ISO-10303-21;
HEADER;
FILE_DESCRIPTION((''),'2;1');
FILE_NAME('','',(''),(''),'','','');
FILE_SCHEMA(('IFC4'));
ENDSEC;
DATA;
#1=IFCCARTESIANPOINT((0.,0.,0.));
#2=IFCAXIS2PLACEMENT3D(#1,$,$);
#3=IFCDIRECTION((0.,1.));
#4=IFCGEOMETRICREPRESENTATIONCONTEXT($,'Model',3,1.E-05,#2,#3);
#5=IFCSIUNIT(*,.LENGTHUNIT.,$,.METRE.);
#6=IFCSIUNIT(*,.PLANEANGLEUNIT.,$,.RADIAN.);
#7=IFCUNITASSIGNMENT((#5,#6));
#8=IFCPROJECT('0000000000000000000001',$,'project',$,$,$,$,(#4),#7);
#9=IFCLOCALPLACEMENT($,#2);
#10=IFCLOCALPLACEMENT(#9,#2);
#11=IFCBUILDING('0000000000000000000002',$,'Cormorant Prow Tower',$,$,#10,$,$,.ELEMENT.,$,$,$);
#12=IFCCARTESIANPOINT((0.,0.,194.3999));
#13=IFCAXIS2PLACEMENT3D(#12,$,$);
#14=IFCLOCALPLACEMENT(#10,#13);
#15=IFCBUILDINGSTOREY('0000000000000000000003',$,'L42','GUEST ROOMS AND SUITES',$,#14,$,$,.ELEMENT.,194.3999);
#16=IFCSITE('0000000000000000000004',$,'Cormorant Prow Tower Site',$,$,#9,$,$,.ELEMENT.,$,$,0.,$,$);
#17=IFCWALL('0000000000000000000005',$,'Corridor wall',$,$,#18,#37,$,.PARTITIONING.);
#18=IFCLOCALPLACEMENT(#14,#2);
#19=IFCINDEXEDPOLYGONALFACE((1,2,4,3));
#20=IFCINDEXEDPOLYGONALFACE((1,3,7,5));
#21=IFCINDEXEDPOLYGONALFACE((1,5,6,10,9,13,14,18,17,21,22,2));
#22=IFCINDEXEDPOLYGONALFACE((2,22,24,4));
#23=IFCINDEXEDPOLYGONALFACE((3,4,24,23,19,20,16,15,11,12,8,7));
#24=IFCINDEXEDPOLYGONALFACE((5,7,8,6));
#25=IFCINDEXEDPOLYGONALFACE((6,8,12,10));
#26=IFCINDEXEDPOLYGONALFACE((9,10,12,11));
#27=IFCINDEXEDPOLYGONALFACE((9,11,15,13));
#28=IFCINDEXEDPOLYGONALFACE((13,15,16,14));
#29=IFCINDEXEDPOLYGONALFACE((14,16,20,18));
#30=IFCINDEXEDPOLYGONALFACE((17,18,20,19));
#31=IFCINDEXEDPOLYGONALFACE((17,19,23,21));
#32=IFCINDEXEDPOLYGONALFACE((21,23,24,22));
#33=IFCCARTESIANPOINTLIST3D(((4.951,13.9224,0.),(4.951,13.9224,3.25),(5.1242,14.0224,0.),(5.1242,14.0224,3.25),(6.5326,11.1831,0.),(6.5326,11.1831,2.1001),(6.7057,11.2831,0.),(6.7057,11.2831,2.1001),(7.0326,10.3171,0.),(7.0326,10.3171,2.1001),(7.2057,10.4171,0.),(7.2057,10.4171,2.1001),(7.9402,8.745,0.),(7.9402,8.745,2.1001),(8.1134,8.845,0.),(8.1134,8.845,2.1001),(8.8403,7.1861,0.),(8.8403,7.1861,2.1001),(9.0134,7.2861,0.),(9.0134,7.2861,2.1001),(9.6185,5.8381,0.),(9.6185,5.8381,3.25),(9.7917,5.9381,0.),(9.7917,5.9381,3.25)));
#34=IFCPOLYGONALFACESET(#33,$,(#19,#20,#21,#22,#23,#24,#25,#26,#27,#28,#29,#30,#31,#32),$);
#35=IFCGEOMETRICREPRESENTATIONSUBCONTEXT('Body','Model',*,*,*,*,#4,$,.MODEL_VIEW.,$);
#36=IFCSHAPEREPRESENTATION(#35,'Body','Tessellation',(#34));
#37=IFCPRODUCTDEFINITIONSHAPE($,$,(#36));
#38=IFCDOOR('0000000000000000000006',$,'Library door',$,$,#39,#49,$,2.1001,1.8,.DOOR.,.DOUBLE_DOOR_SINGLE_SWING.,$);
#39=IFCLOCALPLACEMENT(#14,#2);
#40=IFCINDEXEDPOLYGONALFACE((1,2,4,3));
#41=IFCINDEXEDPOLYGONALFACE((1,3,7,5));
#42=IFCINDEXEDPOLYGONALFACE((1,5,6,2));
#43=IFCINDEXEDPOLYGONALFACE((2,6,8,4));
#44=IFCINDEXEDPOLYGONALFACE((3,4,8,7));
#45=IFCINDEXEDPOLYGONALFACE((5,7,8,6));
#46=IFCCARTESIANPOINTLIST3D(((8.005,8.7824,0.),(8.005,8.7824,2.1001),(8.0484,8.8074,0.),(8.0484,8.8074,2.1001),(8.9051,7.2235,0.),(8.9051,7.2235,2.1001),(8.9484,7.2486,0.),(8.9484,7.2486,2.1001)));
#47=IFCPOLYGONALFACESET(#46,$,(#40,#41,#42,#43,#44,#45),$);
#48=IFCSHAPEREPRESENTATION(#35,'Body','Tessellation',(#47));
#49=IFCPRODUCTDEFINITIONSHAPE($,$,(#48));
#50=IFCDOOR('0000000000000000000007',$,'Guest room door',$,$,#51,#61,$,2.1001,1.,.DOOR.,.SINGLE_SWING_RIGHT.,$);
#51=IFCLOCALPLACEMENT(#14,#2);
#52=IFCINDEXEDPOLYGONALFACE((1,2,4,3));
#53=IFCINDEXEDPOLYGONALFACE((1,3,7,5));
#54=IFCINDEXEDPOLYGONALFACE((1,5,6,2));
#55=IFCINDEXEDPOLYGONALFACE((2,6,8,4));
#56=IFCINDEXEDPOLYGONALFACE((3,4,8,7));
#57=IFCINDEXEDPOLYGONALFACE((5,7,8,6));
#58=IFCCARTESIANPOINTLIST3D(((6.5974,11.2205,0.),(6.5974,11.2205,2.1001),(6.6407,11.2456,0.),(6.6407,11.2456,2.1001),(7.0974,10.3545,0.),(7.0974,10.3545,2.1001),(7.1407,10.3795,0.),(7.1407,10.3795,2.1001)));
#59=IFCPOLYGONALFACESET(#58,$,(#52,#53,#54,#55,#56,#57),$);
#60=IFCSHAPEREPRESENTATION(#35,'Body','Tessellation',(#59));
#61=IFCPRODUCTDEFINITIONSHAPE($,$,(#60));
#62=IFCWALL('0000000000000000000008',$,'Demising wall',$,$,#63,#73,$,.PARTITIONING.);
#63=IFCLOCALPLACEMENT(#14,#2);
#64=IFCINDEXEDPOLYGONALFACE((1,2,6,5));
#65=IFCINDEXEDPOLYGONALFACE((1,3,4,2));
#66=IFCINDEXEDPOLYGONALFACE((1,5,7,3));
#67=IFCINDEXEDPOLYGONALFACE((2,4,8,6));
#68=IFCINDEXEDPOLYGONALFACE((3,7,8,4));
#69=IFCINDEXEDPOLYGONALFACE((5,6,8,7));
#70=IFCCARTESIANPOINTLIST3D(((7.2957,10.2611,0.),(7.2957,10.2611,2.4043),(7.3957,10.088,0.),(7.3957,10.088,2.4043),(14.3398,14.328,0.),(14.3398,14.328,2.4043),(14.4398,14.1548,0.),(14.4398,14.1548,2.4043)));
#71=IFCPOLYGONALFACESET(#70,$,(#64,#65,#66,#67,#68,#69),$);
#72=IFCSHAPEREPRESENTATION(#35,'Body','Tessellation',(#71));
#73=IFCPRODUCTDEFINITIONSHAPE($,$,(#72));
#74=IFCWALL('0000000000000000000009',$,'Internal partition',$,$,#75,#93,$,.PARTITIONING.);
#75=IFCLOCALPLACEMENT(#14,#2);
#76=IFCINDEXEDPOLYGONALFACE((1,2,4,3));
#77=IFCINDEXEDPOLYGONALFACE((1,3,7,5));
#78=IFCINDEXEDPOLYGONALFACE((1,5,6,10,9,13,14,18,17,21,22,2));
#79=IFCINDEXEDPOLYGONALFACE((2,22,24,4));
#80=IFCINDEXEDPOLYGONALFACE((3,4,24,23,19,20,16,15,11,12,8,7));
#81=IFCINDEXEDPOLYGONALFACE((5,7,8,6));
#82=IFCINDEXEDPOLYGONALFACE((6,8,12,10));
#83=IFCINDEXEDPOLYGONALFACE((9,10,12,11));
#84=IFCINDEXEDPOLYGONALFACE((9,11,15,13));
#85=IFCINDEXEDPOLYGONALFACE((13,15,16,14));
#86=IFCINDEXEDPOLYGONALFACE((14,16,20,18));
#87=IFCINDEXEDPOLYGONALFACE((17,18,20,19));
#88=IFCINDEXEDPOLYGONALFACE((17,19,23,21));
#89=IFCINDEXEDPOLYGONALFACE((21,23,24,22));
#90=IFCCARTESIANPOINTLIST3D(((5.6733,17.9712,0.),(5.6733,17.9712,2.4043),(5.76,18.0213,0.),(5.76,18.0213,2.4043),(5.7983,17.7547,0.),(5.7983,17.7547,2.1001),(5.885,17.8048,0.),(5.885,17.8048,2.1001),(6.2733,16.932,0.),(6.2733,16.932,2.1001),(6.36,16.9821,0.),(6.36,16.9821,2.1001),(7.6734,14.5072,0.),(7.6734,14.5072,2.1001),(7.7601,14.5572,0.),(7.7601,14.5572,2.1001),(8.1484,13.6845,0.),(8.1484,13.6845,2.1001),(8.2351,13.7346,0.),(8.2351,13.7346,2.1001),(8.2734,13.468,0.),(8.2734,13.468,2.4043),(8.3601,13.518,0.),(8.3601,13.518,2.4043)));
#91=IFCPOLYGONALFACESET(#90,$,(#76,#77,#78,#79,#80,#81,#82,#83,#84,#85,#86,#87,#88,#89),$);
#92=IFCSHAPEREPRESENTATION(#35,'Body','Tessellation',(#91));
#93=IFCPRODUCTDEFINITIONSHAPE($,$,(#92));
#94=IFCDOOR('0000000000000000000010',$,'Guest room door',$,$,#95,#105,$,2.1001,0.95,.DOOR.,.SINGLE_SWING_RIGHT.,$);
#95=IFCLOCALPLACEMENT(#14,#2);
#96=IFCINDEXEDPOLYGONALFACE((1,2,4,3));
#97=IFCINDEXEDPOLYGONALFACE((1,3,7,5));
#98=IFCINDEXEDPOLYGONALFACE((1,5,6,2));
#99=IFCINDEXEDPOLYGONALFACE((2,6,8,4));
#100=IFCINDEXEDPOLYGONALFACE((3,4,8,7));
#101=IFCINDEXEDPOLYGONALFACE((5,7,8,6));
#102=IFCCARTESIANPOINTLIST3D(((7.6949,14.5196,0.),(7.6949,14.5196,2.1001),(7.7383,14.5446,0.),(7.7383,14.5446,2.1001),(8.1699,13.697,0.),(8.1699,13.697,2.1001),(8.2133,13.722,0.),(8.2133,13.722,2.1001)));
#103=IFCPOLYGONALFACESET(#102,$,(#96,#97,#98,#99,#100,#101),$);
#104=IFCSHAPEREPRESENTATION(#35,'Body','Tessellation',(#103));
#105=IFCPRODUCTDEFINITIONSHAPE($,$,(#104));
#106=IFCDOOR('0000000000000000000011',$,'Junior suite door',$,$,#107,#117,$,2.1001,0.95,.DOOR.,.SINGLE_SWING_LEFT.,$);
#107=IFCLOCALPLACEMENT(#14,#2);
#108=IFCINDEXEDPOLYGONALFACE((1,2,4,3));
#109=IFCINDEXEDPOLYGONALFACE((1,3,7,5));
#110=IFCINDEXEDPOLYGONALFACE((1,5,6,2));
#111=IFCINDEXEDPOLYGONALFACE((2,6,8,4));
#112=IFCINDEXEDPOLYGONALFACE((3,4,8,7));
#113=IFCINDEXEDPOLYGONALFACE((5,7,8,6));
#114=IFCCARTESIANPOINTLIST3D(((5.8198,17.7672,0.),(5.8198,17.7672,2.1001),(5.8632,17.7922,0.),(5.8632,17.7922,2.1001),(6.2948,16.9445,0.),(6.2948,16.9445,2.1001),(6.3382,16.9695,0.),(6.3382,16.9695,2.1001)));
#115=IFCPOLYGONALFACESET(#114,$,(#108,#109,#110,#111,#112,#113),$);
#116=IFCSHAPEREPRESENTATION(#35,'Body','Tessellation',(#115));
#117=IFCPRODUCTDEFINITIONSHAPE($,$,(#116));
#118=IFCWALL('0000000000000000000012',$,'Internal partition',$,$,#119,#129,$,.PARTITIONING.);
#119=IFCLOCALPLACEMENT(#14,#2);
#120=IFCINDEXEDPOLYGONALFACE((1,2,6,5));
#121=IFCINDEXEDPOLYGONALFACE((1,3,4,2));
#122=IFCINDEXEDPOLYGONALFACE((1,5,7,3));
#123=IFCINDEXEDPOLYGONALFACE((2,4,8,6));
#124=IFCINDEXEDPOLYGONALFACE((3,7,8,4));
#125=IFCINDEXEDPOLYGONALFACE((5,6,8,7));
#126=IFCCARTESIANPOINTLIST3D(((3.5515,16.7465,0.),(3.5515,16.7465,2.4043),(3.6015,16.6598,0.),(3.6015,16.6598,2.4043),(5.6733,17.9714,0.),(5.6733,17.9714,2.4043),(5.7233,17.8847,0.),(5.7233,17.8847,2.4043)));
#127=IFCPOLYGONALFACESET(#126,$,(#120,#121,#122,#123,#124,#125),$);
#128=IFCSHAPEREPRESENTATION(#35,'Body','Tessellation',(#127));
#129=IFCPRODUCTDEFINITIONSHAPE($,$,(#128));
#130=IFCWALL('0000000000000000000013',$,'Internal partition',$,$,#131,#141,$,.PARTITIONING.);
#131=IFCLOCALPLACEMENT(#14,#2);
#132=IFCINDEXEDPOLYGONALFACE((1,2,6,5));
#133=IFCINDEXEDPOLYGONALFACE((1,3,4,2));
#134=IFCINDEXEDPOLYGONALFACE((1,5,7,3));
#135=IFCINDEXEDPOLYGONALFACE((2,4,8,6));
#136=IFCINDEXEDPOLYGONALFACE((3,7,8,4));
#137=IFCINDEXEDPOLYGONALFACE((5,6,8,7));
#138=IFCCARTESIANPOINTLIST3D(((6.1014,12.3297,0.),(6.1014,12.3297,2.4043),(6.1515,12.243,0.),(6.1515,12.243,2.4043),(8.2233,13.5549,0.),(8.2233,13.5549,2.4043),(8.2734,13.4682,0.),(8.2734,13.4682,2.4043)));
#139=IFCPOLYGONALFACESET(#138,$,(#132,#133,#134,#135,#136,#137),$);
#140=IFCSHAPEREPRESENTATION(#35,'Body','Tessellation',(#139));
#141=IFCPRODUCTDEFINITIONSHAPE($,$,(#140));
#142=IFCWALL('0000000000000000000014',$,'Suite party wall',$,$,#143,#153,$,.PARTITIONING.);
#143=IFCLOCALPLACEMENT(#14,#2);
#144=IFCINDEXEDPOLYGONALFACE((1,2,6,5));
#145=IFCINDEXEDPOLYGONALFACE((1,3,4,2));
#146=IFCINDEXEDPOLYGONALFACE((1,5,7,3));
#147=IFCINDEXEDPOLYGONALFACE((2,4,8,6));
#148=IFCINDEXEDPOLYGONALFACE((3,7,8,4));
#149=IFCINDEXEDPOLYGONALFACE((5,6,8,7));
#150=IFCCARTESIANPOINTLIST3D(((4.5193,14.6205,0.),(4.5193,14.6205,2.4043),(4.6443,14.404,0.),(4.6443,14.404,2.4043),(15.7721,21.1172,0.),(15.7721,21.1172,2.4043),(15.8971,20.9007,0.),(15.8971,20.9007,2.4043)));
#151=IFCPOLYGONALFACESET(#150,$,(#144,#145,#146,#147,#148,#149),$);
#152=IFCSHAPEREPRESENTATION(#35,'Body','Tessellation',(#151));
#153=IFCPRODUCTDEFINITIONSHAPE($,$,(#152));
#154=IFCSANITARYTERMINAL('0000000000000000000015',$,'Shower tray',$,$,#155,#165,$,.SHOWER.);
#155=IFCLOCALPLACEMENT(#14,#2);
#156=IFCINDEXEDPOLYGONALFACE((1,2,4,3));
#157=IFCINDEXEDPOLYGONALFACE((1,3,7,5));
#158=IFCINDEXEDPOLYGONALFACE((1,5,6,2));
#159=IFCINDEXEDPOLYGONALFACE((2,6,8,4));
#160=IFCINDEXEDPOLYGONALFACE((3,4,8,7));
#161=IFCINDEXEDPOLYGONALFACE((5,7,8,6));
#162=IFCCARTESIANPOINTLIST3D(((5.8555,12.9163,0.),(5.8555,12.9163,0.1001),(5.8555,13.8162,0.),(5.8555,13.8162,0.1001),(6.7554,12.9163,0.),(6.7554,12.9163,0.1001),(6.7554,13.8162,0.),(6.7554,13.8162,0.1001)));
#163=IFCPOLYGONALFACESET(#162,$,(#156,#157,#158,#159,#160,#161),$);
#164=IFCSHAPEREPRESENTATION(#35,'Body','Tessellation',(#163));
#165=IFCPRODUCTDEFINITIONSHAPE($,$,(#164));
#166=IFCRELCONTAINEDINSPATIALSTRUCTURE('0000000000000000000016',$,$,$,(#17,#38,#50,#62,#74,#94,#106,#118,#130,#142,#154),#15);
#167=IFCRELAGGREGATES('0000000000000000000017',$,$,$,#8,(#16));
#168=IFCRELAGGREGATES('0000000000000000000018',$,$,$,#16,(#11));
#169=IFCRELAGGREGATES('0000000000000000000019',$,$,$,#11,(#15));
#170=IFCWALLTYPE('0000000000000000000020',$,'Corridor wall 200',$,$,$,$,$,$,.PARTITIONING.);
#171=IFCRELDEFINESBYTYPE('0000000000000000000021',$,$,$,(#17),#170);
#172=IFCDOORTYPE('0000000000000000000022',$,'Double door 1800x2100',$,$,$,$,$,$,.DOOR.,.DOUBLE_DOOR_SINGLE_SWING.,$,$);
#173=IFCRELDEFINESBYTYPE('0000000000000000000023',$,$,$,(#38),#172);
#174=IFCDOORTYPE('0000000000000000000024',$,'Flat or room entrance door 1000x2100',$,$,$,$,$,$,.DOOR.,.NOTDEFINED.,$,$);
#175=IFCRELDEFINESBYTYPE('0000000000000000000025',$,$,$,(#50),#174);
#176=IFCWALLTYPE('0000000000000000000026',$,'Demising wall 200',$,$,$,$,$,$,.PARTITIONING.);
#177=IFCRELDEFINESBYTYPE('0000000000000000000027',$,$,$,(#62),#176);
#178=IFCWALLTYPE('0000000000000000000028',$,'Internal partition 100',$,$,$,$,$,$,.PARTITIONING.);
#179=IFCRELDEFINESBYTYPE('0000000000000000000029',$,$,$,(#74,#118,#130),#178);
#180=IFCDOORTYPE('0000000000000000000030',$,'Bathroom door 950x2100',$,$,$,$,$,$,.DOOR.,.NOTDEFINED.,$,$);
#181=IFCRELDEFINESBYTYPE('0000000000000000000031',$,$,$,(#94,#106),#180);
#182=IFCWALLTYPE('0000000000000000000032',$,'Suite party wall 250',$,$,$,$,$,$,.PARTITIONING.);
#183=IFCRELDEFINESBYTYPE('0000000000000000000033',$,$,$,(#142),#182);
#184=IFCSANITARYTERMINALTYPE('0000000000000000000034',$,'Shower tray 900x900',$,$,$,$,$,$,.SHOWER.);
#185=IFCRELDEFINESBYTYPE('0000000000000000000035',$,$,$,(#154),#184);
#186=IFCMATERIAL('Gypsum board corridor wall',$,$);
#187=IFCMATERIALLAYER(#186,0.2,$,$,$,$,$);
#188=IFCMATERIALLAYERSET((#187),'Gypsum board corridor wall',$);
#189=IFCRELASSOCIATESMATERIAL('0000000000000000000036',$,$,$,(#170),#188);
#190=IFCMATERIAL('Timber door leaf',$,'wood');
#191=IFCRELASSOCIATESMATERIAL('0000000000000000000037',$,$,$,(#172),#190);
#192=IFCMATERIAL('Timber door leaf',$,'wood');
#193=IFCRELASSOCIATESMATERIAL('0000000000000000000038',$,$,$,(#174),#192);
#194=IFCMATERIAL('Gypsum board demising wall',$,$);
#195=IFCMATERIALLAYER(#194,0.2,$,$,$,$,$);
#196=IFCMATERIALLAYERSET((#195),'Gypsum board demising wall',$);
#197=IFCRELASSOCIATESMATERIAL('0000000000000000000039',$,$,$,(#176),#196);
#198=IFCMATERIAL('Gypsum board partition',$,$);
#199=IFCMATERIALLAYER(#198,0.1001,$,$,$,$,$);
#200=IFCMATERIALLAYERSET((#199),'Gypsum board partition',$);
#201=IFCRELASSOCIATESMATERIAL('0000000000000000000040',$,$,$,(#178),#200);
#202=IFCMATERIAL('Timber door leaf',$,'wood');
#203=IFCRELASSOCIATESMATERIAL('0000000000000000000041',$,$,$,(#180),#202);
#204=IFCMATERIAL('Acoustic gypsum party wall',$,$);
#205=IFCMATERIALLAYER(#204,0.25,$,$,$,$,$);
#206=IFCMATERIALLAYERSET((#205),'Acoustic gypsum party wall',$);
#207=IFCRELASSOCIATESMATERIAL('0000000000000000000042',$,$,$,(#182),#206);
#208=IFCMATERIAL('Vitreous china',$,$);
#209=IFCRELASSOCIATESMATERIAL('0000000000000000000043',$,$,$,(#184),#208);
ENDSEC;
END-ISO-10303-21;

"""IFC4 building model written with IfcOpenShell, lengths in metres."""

from ifc_helpers import new_model, si_unit, direction, frame, frame_2d, origin, origin_2d, place, context, subcontext, project, spatial, rectangle, extrude, material, layer, layer_set, type_object, element, fill, save


model = new_model("IFC4")

# Units and contexts
model_context = context("Model", 3, precision=1e-05, world=origin(), true_north=direction((0.0, 1.0)))
body_context = subcontext(model_context, "Body", "Model", "MODEL_VIEW")
ifc_project = project(units=[si_unit("LENGTHUNIT", "METRE"), si_unit("PLANEANGLEUNIT", "RADIAN")], contexts=[model_context])

# Site, building, storey
site_placement = place(None, origin())
site = spatial("IfcSite", under=ifc_project, at=site_placement, Name="Cormorant Prow Tower Site", CompositionType="ELEMENT", RefElevation=0.0)
building_placement = place(site_placement, origin())
building = spatial("IfcBuilding", under=site, at=building_placement, Name="Cormorant Prow Tower", CompositionType="ELEMENT")
storey_placement = place(building_placement, frame((0.0, 0.0, 194.3999)))
storey = spatial("IfcBuildingStorey", under=building, at=storey_placement, Name="L42", Description="GUEST ROOMS AND SUITES", CompositionType="ELEMENT", Elevation=194.3999)

# Wall, openings, doors
ifc_material_1 = material(Name="Gypsum board corridor wall")
ifc_layer_1 = layer(ifc_material_1, 0.2)
ifc_layer_set_1 = layer_set([ifc_layer_1], Name="Gypsum board corridor wall")
wall_type_1 = type_object("IfcWallType", Name="Corridor wall 200", PredefinedType="PARTITIONING", material=ifc_layer_set_1)
wall_1_placement = place(storey_placement, frame((5.0376, 13.9724, 0.0), z_axis=(0.0, 0.0, 1.0), x_axis=(0.500004, -0.866023, 0.0)))
wall_1 = element("IfcWall", 1, at=wall_1_placement, inside=storey, type_object=wall_type_1, Name="Corridor wall", PredefinedType="PARTITIONING", context=body_context, shape_type="SweptSolid", body=[
    extrude(rectangle(XDim=9.335, YDim=0.2, at=frame_2d((4.6675, 0.0))), origin(), (0.0, 0.0, 1.0), 3.25),
])
opening_1_placement = place(wall_1_placement, frame((5.9785, 0.0, 0.0)))
opening_1 = element("IfcOpeningElement", 2, at=opening_1_placement, cuts=wall_1, PredefinedType="OPENING", context=body_context, shape_type="SweptSolid", body=[
    extrude(rectangle(XDim=1.8, YDim=2.1001, at=frame_2d((0.8999, 1.05))), frame((0.0, 0.1099, 0.0), z_axis=(0.0, -1.0, 0.0), x_axis=(1.0, 0.0, 0.0)), (0.0, 0.0, 1.0), 0.22),
])
opening_2_placement = place(wall_1_placement, frame((3.1631, 0.0, 0.0)))
opening_2 = element("IfcOpeningElement", 3, at=opening_2_placement, cuts=wall_1, PredefinedType="OPENING", context=body_context, shape_type="SweptSolid", body=[
    extrude(rectangle(XDim=1.0, YDim=2.1001, at=frame_2d((0.5, 1.05))), frame((0.0, 0.1099, 0.0), z_axis=(0.0, -1.0, 0.0), x_axis=(1.0, 0.0, 0.0)), (0.0, 0.0, 1.0), 0.22),
])
ifc_material_2 = material(Name="Timber door leaf", Category="wood")
door_type_1 = type_object("IfcDoorType", Name="Double door 1800x2100", OperationType="DOUBLE_DOOR_SINGLE_SWING", PredefinedType="DOOR", material=ifc_material_2)
door_1_placement = place(opening_1_placement, origin())
door_1 = element("IfcDoor", 4, at=door_1_placement, inside=storey, type_object=door_type_1, Name="Library door", OperationType="DOUBLE_DOOR_SINGLE_SWING", OverallHeight=2.1001, OverallWidth=1.8, PredefinedType="DOOR", context=body_context, shape_type="SweptSolid", body=[
    extrude(rectangle(XDim=1.8, YDim=2.1001, at=frame_2d((0.8999, 1.05))), frame((0.0, 0.0249, 0.0), z_axis=(0.0, -1.0, 0.0), x_axis=(1.0, 0.0, 0.0)), (0.0, 0.0, 1.0), 0.05),
])
fill(opening_1, door_1)
ifc_material_3 = material(Name="Timber door leaf", Category="wood")
door_type_2 = type_object("IfcDoorType", Name="Flat or room entrance door 1000x2100", OperationType="NOTDEFINED", PredefinedType="DOOR", material=ifc_material_3)
door_2_placement = place(opening_2_placement, origin())
door_2 = element("IfcDoor", 5, at=door_2_placement, inside=storey, type_object=door_type_2, Name="Guest room door", OperationType="SINGLE_SWING_RIGHT", OverallHeight=2.1001, OverallWidth=1.0, PredefinedType="DOOR", context=body_context, shape_type="SweptSolid", body=[
    extrude(rectangle(XDim=1.0, YDim=2.1001, at=frame_2d((0.5, 1.05))), frame((0.0, 0.0249, 0.0), z_axis=(0.0, -1.0, 0.0), x_axis=(1.0, 0.0, 0.0)), (0.0, 0.0, 1.0), 0.05),
])
fill(opening_2, door_2)

# Wall
ifc_material_4 = material(Name="Gypsum board demising wall")
ifc_layer_2 = layer(ifc_material_4, 0.2)
ifc_layer_set_2 = layer_set([ifc_layer_2], Name="Gypsum board demising wall")
wall_type_2 = type_object("IfcWallType", Name="Demising wall 200", PredefinedType="PARTITIONING", material=ifc_layer_set_2)
wall_2_placement = place(storey_placement, frame((7.3457, 10.1746, 0.0), z_axis=(0.0, 0.0, 1.0), x_axis=(0.866029, 0.499994, 0.0)))
element("IfcWall", 6, at=wall_2_placement, inside=storey, type_object=wall_type_2, Name="Demising wall", PredefinedType="PARTITIONING", context=body_context, shape_type="SweptSolid", body=[
    extrude(rectangle(XDim=8.1338, YDim=0.2, at=frame_2d((4.0669, 0.0))), origin(), (0.0, 0.0, 1.0), 2.4043),
])

# Wall, openings, doors
ifc_material_5 = material(Name="Gypsum board partition")
ifc_layer_3 = layer(ifc_material_5, 0.1001)
ifc_layer_set_3 = layer_set([ifc_layer_3], Name="Gypsum board partition")
wall_type_3 = type_object("IfcWallType", Name="Internal partition 100", PredefinedType="PARTITIONING", material=ifc_layer_set_3)
wall_3_placement = place(storey_placement, frame((5.7166, 17.9963, 0.0), z_axis=(0.0, 0.0, 1.0), x_axis=(0.500027, -0.86601, 0.0)))
wall_3 = element("IfcWall", 7, at=wall_3_placement, inside=storey, type_object=wall_type_3, Name="Internal partition", PredefinedType="PARTITIONING", context=body_context, shape_type="SweptSolid", body=[
    extrude(rectangle(XDim=5.2, YDim=0.1001, at=frame_2d((2.6001, 0.0))), origin(), (0.0, 0.0, 1.0), 2.4043),
])
opening_3_placement = place(wall_3_placement, frame((4.0, 0.0, 0.0)))
opening_3 = element("IfcOpeningElement", 8, at=opening_3_placement, cuts=wall_3, PredefinedType="OPENING", context=body_context, shape_type="SweptSolid", body=[
    extrude(rectangle(XDim=0.95, YDim=2.1001, at=frame_2d((0.4751, 1.05))), frame((0.0, 0.0601, 0.0), z_axis=(0.0, -1.0, 0.0), x_axis=(1.0, 0.0, 0.0)), (0.0, 0.0, 1.0), 0.1201),
])
opening_4_placement = place(wall_3_placement, frame((0.25, 0.0, 0.0)))
opening_4 = element("IfcOpeningElement", 9, at=opening_4_placement, cuts=wall_3, PredefinedType="OPENING", context=body_context, shape_type="SweptSolid", body=[
    extrude(rectangle(XDim=0.95, YDim=2.1001, at=frame_2d((0.4751, 1.05))), frame((0.0, 0.0601, 0.0), z_axis=(0.0, -1.0, 0.0), x_axis=(1.0, 0.0, 0.0)), (0.0, 0.0, 1.0), 0.1201),
])
ifc_material_6 = material(Name="Timber door leaf", Category="wood")
door_type_3 = type_object("IfcDoorType", Name="Bathroom door 950x2100", OperationType="NOTDEFINED", PredefinedType="DOOR", material=ifc_material_6)
door_3_placement = place(opening_3_placement, origin())
door_3 = element("IfcDoor", 10, at=door_3_placement, inside=storey, type_object=door_type_3, Name="Guest room door", OperationType="SINGLE_SWING_RIGHT", OverallHeight=2.1001, OverallWidth=0.95, PredefinedType="DOOR", context=body_context, shape_type="SweptSolid", body=[
    extrude(rectangle(XDim=0.95, YDim=2.1001, at=frame_2d((0.4751, 1.05))), frame((0.0, 0.0249, 0.0), z_axis=(0.0, -1.0, 0.0), x_axis=(1.0, 0.0, 0.0)), (0.0, 0.0, 1.0), 0.05),
])
fill(opening_3, door_3)
door_4_placement = place(opening_4_placement, origin())
door_4 = element("IfcDoor", 11, at=door_4_placement, inside=storey, type_object=door_type_3, Name="Junior suite door", OperationType="SINGLE_SWING_LEFT", OverallHeight=2.1001, OverallWidth=0.95, PredefinedType="DOOR", context=body_context, shape_type="SweptSolid", body=[
    extrude(rectangle(XDim=0.95, YDim=2.1001, at=frame_2d((0.4751, 1.05))), frame((0.0, 0.0249, 0.0), z_axis=(0.0, -1.0, 0.0), x_axis=(1.0, 0.0, 0.0)), (0.0, 0.0, 1.0), 0.05),
])
fill(opening_4, door_4)

# Walls
wall_4_placement = place(storey_placement, frame((3.5764, 16.7031, 0.0), z_axis=(0.0, 0.0, 1.0), x_axis=(0.866058, 0.499944, 0.0)))
element("IfcWall", 12, at=wall_4_placement, inside=storey, type_object=wall_type_3, Name="Internal partition", PredefinedType="PARTITIONING", context=body_context, shape_type="SweptSolid", body=[
    extrude(rectangle(XDim=2.45, YDim=0.1001, at=frame_2d((1.2251, 0.0))), origin(), (0.0, 0.0, 1.0), 2.4043),
])
wall_5_placement = place(storey_placement, frame((6.1265, 12.2864, 0.0), z_axis=(0.0, 0.0, 1.0), x_axis=(0.866015, 0.500019, 0.0)))
element("IfcWall", 13, at=wall_5_placement, inside=storey, type_object=wall_type_3, Name="Internal partition", PredefinedType="PARTITIONING", context=body_context, shape_type="SweptSolid", body=[
    extrude(rectangle(XDim=2.4502, YDim=0.1001, at=frame_2d((1.2251, 0.0))), origin(), (0.0, 0.0, 1.0), 2.4043),
])
ifc_material_7 = material(Name="Acoustic gypsum party wall")
ifc_layer_4 = layer(ifc_material_7, 0.25)
ifc_layer_set_4 = layer_set([ifc_layer_4], Name="Acoustic gypsum party wall")
wall_type_4 = type_object("IfcWallType", Name="Suite party wall 250", PredefinedType="PARTITIONING", material=ifc_layer_set_4)
wall_6_placement = place(storey_placement, frame((4.5818, 14.5122, 0.0), z_axis=(0.0, 0.0, 1.0), x_axis=(0.866027, 0.499997, 0.0)))
element("IfcWall", 14, at=wall_6_placement, inside=storey, type_object=wall_type_4, Name="Suite party wall", PredefinedType="PARTITIONING", context=body_context, shape_type="SweptSolid", body=[
    extrude(rectangle(XDim=12.9937, YDim=0.25, at=frame_2d((6.4968, 0.0))), origin(), (0.0, 0.0, 1.0), 2.4043),
])

# Sanitary terminal
ifc_material_8 = material(Name="Vitreous china")
sanitary_terminal_type_1 = type_object("IfcSanitaryTerminalType", Name="Shower tray 900x900", PredefinedType="SHOWER", material=ifc_material_8)
for number, where, z_axis, x_axis, name in (
    (15, (6.3054, 13.3662, 0.0), (0.0, 0.0, 1.0), (1.0, 0.0, 0.0), "Shower tray"),
):
    element("IfcSanitaryTerminal", number, at=place(storey_placement, frame(where, z_axis=z_axis, x_axis=x_axis)), inside=storey, type_object=sanitary_terminal_type_1, Name=name, PredefinedType="SHOWER", context=body_context, shape_type="SweptSolid", body=[
        extrude(rectangle(XDim=0.8999, YDim=0.8999, at=origin_2d()), origin(), (0.0, 0.0, 1.0), 0.1001),
    ])

save(model, "model.ifc")
